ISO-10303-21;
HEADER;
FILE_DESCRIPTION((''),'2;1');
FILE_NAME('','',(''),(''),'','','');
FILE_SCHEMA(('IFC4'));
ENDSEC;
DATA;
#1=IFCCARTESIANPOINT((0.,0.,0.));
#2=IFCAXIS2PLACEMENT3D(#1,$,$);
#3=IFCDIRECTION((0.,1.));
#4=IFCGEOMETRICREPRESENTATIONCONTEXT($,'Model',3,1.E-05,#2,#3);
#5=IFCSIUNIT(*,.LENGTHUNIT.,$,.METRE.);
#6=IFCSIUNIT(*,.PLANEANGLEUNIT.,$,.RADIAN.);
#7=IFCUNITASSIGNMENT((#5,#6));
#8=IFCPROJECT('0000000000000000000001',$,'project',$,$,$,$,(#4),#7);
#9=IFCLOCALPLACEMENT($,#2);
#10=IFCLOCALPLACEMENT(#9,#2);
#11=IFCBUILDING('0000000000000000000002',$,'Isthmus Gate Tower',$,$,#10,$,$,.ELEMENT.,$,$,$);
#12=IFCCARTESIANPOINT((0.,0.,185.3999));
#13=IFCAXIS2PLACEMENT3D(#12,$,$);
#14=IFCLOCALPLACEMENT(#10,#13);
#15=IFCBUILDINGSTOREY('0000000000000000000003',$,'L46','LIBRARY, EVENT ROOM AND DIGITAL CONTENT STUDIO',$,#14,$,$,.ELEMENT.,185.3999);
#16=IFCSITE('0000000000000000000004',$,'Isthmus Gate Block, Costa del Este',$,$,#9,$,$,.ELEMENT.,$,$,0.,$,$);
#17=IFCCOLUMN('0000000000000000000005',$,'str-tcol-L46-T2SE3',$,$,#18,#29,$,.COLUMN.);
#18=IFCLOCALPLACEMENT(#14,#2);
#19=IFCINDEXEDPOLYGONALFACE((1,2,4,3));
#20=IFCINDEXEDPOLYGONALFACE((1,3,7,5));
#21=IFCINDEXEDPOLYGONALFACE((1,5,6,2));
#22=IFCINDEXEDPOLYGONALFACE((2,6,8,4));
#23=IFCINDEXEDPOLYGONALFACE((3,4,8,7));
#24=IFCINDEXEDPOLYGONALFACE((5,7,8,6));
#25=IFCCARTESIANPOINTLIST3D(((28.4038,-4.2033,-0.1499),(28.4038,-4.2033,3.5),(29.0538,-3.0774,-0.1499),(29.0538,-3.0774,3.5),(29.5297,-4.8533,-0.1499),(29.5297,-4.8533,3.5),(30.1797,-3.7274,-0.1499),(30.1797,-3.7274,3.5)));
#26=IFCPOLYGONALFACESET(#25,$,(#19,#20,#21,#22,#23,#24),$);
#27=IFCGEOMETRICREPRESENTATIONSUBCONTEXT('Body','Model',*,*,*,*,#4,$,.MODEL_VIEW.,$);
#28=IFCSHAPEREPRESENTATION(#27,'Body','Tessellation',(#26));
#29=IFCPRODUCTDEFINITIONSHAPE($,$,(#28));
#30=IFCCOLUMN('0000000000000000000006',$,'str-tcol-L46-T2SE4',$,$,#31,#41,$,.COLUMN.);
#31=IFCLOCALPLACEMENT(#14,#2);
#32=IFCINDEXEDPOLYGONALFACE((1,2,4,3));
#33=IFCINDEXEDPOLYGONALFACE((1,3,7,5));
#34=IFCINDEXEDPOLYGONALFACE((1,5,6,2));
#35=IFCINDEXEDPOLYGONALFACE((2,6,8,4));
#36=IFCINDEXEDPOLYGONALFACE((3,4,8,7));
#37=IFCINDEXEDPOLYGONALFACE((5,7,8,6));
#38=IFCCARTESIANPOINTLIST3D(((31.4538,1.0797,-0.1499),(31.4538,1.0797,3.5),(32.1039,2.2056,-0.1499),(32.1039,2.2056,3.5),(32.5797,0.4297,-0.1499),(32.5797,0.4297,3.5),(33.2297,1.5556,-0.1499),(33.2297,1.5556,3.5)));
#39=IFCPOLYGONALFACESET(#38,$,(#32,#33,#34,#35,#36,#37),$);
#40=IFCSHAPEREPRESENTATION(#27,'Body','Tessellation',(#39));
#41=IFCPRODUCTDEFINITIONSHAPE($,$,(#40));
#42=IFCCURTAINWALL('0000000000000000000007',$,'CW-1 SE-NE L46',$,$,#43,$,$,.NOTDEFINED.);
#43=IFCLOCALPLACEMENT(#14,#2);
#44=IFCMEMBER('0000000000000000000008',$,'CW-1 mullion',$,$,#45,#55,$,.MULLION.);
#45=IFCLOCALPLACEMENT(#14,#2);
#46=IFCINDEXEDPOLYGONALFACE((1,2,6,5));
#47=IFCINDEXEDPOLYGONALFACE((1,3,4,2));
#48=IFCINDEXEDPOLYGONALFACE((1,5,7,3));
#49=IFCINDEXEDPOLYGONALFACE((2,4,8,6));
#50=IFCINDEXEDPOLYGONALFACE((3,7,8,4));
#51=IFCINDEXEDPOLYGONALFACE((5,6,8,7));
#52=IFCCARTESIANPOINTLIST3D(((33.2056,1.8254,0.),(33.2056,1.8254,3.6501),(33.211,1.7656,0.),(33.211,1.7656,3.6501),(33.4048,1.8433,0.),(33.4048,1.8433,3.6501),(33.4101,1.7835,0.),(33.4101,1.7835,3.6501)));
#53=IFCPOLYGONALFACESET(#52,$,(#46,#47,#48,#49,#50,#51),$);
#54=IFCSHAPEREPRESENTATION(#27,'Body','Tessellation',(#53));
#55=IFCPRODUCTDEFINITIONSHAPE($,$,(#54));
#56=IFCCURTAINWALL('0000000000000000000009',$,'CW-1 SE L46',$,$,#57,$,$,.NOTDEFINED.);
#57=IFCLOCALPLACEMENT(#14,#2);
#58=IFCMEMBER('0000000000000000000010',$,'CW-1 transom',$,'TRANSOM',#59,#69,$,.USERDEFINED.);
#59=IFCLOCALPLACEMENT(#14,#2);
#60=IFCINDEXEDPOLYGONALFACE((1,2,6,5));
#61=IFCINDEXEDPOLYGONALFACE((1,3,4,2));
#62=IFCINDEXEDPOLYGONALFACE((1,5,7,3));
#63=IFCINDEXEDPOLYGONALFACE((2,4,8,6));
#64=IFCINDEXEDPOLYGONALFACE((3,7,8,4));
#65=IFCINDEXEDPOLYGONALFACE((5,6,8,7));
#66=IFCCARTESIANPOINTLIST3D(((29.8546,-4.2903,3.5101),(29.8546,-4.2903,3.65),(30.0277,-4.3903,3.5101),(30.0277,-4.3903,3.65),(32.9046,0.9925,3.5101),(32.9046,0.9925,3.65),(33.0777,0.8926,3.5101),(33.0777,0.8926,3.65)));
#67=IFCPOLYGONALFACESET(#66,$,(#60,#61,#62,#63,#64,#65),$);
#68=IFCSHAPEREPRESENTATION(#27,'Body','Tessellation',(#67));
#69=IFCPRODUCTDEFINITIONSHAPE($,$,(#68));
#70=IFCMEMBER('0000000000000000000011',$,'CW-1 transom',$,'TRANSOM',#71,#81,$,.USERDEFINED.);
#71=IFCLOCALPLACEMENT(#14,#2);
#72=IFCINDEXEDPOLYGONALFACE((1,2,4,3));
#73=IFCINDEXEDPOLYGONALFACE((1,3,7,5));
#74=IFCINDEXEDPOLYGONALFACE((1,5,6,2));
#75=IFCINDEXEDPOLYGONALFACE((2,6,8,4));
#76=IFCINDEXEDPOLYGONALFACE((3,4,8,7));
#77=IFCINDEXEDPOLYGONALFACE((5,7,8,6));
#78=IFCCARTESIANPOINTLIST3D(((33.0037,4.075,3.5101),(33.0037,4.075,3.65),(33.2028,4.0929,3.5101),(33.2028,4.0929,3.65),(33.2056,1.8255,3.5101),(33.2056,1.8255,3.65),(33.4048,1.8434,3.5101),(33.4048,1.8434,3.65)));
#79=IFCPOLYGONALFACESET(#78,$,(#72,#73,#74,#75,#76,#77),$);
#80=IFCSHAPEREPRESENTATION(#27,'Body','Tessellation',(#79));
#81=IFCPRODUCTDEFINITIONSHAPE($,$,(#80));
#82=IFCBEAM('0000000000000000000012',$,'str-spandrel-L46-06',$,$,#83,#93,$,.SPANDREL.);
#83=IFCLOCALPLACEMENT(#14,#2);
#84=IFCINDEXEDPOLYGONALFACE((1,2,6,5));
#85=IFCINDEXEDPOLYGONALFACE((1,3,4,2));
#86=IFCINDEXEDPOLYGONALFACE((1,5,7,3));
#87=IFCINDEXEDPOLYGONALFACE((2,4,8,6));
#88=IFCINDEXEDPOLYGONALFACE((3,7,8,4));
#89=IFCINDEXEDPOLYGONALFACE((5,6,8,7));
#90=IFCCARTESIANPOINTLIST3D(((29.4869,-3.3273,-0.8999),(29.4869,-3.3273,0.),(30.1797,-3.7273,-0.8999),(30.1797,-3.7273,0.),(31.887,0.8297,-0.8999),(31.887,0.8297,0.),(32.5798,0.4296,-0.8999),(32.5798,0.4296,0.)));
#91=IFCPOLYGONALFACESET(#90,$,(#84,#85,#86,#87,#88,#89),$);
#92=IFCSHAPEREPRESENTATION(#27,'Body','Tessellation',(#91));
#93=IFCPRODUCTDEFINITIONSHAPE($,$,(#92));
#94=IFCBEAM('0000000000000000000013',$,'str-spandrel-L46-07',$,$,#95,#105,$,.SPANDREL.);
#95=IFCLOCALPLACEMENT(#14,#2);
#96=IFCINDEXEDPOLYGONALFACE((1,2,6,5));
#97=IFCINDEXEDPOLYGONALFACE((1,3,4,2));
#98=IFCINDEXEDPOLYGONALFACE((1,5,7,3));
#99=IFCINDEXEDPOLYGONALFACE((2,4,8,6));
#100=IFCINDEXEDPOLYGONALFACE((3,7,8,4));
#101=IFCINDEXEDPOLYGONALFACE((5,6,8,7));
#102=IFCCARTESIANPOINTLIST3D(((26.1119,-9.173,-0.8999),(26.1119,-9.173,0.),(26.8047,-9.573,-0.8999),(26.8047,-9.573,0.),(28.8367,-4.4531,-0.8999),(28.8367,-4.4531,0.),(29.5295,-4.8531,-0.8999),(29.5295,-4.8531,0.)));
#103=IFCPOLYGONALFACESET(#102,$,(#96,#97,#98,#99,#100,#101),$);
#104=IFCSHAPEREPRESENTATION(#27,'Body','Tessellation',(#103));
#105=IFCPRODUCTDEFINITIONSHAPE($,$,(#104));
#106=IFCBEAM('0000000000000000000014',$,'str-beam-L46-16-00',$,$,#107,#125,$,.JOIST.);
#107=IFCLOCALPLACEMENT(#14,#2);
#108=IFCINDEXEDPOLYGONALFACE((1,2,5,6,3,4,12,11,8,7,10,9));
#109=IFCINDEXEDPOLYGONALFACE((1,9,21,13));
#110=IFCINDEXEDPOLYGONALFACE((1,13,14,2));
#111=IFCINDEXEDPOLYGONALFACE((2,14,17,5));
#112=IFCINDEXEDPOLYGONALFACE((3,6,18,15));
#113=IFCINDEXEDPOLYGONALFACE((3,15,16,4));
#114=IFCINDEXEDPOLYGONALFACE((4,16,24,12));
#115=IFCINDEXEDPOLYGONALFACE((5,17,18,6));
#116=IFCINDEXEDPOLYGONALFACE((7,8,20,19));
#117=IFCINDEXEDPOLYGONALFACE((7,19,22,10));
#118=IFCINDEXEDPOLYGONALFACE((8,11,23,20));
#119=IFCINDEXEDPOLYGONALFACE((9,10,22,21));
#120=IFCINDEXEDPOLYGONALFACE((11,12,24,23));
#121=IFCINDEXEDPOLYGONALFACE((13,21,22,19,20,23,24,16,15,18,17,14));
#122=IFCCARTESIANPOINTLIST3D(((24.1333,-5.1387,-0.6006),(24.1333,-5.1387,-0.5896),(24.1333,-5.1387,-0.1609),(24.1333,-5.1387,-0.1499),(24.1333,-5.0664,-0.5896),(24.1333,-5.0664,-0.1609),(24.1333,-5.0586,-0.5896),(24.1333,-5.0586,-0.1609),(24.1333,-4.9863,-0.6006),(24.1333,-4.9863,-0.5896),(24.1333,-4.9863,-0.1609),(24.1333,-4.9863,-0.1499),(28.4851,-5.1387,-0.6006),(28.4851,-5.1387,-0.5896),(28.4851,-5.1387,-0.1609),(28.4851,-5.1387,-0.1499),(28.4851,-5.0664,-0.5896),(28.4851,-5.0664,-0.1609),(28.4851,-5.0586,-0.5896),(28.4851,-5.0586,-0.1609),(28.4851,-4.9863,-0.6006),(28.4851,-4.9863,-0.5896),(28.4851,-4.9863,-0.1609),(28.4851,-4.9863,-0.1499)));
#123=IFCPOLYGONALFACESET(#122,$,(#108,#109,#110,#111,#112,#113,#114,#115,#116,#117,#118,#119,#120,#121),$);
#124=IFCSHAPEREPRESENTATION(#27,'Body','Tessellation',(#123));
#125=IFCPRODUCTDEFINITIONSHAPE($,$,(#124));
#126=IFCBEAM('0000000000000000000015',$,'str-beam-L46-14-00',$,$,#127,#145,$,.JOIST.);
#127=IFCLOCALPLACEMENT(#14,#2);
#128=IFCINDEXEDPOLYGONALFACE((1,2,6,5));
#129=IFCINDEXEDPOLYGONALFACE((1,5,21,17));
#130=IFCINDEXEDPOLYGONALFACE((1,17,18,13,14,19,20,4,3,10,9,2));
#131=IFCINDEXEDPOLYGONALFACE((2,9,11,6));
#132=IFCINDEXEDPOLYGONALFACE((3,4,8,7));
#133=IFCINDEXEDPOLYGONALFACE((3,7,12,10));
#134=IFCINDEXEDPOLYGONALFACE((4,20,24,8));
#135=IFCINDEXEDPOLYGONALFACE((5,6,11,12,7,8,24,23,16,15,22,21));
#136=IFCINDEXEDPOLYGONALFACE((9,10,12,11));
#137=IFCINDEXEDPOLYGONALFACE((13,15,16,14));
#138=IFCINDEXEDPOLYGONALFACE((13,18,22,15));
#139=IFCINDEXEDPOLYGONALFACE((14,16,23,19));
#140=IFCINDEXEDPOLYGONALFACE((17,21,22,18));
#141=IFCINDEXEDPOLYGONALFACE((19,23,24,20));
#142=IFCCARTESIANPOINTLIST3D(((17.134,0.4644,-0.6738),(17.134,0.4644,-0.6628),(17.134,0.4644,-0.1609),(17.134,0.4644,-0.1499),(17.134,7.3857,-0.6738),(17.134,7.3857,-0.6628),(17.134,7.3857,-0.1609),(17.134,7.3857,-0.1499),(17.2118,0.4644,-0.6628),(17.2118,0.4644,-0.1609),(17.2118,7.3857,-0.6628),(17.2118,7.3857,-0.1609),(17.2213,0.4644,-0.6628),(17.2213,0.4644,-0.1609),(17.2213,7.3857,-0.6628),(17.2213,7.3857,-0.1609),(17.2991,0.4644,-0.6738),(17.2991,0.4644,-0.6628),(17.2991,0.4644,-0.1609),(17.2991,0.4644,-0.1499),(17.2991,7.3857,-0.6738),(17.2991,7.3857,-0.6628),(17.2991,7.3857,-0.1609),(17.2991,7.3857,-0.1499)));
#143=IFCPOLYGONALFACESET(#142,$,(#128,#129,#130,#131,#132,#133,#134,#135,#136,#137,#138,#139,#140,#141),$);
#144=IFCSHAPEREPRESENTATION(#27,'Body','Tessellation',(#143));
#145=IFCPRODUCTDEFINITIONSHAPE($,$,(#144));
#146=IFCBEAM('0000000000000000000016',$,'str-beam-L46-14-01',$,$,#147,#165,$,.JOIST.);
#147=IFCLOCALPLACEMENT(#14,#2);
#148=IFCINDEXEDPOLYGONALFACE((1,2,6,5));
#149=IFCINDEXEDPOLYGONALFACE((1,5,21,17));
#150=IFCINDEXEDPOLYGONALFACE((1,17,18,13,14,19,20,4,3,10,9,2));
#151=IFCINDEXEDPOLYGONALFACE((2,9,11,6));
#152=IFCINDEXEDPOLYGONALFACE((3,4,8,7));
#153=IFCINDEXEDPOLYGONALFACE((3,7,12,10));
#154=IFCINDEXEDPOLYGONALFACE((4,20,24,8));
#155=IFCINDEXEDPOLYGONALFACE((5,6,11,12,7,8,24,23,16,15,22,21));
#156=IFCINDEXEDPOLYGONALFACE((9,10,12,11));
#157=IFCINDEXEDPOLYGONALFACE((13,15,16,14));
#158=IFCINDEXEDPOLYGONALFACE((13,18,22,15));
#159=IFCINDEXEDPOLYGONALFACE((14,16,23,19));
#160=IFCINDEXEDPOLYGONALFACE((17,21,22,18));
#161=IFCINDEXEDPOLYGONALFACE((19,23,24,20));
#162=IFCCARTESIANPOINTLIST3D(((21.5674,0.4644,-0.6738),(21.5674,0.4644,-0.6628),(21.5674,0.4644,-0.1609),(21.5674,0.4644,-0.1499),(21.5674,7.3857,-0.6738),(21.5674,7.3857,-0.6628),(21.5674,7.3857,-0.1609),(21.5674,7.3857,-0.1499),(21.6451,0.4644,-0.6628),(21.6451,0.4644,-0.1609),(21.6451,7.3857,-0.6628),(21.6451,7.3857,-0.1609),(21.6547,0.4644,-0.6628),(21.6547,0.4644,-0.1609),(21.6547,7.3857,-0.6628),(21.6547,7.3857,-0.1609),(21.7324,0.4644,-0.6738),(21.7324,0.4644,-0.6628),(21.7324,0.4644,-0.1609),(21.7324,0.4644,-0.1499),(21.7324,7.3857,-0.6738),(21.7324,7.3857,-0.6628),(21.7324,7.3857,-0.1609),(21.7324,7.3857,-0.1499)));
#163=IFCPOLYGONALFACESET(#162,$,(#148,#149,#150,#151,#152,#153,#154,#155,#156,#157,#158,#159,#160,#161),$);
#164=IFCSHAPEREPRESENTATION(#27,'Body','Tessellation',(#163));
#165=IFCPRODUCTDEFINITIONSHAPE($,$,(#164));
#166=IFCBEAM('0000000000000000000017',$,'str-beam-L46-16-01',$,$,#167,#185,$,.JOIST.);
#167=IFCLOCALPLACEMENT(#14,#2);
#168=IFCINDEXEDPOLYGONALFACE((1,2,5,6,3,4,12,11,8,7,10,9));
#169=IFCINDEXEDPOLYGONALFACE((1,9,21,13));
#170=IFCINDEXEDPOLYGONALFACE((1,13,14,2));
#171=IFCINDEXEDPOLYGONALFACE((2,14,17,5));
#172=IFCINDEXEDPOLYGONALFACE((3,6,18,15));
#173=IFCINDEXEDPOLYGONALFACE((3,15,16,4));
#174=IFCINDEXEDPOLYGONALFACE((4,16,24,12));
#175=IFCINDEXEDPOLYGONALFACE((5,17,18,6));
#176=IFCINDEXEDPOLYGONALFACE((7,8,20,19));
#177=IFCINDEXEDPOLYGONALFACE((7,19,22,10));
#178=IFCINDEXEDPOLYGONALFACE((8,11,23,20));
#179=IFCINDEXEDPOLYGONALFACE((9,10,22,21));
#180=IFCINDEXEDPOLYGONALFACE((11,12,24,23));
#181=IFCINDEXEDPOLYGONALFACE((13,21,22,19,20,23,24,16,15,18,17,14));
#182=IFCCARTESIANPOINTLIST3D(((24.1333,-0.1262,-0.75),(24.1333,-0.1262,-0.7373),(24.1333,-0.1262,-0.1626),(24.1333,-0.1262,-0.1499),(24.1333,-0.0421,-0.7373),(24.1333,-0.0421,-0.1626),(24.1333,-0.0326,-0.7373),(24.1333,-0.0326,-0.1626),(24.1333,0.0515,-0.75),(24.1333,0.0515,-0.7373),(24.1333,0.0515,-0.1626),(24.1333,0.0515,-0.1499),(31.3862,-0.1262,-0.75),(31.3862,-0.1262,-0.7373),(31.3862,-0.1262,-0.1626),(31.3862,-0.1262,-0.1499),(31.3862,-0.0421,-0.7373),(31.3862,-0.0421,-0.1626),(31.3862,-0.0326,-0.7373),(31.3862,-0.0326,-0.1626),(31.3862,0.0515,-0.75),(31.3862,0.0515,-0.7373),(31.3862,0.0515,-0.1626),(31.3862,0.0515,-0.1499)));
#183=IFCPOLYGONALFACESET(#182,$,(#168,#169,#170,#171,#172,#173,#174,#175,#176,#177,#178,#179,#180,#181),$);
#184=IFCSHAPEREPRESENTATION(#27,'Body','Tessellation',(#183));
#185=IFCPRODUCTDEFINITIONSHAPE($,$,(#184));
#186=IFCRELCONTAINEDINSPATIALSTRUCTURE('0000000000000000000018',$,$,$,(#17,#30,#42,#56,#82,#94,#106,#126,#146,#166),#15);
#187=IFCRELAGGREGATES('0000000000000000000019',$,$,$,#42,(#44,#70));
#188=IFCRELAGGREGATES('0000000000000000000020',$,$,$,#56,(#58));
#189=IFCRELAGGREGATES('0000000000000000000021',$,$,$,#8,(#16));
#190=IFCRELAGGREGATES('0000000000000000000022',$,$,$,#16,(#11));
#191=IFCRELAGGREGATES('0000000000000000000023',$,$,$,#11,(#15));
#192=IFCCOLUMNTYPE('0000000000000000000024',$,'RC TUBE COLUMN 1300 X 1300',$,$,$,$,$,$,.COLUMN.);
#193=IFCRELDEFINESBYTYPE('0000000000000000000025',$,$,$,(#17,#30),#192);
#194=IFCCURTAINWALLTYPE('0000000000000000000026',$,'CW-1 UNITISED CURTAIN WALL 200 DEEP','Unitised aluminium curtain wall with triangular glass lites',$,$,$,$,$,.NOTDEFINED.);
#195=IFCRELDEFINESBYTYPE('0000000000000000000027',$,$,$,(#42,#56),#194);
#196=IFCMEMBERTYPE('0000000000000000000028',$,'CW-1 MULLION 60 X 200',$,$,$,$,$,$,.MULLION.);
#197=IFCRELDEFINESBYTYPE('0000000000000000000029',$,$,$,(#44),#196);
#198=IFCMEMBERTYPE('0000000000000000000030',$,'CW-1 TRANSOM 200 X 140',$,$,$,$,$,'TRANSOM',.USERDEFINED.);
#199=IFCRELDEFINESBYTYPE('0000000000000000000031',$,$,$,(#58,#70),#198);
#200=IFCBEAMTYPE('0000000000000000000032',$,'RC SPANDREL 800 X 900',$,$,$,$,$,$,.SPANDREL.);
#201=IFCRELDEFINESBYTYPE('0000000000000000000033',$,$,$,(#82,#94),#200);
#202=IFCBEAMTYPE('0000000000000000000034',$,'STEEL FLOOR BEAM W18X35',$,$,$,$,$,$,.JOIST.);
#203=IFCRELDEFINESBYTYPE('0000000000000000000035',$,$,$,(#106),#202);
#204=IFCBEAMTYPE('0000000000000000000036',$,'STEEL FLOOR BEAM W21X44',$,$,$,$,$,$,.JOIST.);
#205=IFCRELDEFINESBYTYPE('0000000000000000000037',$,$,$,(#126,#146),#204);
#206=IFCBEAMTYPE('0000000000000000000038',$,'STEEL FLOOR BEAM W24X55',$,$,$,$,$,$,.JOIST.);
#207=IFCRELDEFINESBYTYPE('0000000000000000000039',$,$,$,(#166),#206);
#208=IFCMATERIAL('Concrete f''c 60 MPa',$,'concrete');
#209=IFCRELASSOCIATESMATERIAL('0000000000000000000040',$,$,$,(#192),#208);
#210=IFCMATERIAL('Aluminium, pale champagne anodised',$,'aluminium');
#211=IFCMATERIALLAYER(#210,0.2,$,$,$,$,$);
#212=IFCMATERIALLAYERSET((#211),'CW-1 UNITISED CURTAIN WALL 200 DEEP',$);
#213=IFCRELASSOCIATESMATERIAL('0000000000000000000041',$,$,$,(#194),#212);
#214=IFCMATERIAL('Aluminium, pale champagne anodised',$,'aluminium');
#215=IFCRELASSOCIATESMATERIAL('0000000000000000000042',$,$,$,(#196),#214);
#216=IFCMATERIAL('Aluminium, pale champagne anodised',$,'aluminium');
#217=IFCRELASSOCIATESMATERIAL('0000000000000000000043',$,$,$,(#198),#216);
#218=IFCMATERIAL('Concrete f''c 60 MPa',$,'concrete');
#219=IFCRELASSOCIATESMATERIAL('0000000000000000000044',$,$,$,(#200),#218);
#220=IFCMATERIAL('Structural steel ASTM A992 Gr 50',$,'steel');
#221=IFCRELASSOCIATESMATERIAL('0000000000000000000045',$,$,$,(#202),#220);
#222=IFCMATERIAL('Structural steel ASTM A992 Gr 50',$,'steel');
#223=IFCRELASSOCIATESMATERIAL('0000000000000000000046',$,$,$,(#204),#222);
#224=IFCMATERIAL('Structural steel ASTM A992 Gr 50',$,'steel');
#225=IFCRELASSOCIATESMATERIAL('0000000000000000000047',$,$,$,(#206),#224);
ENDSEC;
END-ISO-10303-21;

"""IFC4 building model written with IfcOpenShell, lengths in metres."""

from ifc_helpers import new_model, si_unit, direction, frame, origin, origin_2d, place, context, subcontext, project, spatial, rectangle, i_section, extrude, material, layer, layer_set, material_profile, profile_set, type_object, element, aggregate, save


model = new_model("IFC4")

# Units and contexts
model_context = context("Model", 3, precision=1e-05, world=origin(), true_north=direction((0.0, 1.0)))
body_context = subcontext(model_context, "Body", "Model", "MODEL_VIEW")
ifc_project = project(units=[si_unit("LENGTHUNIT", "METRE"), si_unit("PLANEANGLEUNIT", "RADIAN")], contexts=[model_context])

# Site, building, storey
site_placement = place(None, origin())
site = spatial("IfcSite", under=ifc_project, at=site_placement, Name="Isthmus Gate Block, Costa del Este", CompositionType="ELEMENT", RefElevation=0.0)
building_placement = place(site_placement, origin())
building = spatial("IfcBuilding", under=site, at=building_placement, Name="Isthmus Gate Tower", CompositionType="ELEMENT")
storey_placement = place(building_placement, frame((0.0, 0.0, 185.3999)))
storey = spatial("IfcBuildingStorey", under=building, at=storey_placement, Name="L46", Description="LIBRARY, EVENT ROOM AND DIGITAL CONTENT STUDIO", CompositionType="ELEMENT", Elevation=185.3999)

# Columns
ifc_material_1 = material(Name="Concrete f'c 60 MPa", Category="concrete")
ifc_material_profile_1 = material_profile(ifc_material_1, rectangle(XDim=1.3, YDim=1.3, at=origin_2d()), Name="RC 1300X1300")
ifc_profile_set_1 = profile_set([ifc_material_profile_1], Name="Concrete f'c 60 MPa")
column_type = type_object("IfcColumnType", Name="RC TUBE COLUMN 1300 X 1300", PredefinedType="COLUMN", material=ifc_profile_set_1)
for number, where, z_axis, x_axis, name in (
    (1, (29.2917, -3.9653, -0.1499), (0.0, 0.0, 1.0), (0.5, 0.866025, 0.0), "str-tcol-L46-T2SE3"),
    (2, (32.3418, 1.3176, -0.1499), (0.0, 0.0, 1.0), (0.5, 0.866025, 0.0), "str-tcol-L46-T2SE4"),
):
    element("IfcColumn", number, at=place(storey_placement, frame(where, z_axis=z_axis, x_axis=x_axis)), inside=storey, type_object=column_type, Name=name, PredefinedType="COLUMN", context=body_context, shape_type="SweptSolid", body=[
        extrude(rectangle(XDim=1.3, YDim=1.3, at=origin_2d()), origin(), (0.0, 0.0, 1.0), 3.6499),
    ])

# Curtain walls, members
ifc_material_2 = material(Name="Aluminium, pale champagne anodised", Category="aluminium")
ifc_layer_1 = layer(ifc_material_2, 0.2)
ifc_layer_set_1 = layer_set([ifc_layer_1], Name="CW-1 UNITISED CURTAIN WALL 200 DEEP")
curtain_wall_type = type_object("IfcCurtainWallType", Name="CW-1 UNITISED CURTAIN WALL 200 DEEP", Description="Unitised aluminium curtain wall with triangular glass lites", PredefinedType="NOTDEFINED", material=ifc_layer_set_1)
curtain_wall_1_placement = place(storey_placement, origin())
curtain_wall_1 = element("IfcCurtainWall", 3, at=curtain_wall_1_placement, inside=storey, type_object=curtain_wall_type, Name="CW-1 SE-NE L46", PredefinedType="NOTDEFINED")
ifc_material_3 = material(Name="Aluminium, pale champagne anodised", Category="aluminium")
ifc_material_profile_2 = material_profile(ifc_material_3, rectangle(XDim=0.0601, YDim=0.2, at=origin_2d()), Name="60x200")
ifc_profile_set_2 = profile_set([ifc_material_profile_2], Name="Aluminium, pale champagne anodised")
member_type_1 = type_object("IfcMemberType", Name="CW-1 MULLION 60 X 200", PredefinedType="MULLION", material=ifc_profile_set_2)
member_1_placement = place(storey_placement, frame((33.3079, 1.8044, 0.0), z_axis=(0.0, 0.0, 1.0), x_axis=(-0.089397, 0.995996, 0.0)))
member_1 = element("IfcMember", 4, at=member_1_placement, type_object=member_type_1, Name="CW-1 mullion", PredefinedType="MULLION", context=body_context, shape_type="SweptSolid", body=[
    extrude(rectangle(XDim=0.0601, YDim=0.2, at=origin_2d()), origin(), (0.0, 0.0, 1.0), 3.6501),
])
curtain_wall_2_placement = place(storey_placement, origin())
curtain_wall_2 = element("IfcCurtainWall", 5, at=curtain_wall_2_placement, inside=storey, type_object=curtain_wall_type, Name="CW-1 SE L46", PredefinedType="NOTDEFINED")
ifc_material_4 = material(Name="Aluminium, pale champagne anodised", Category="aluminium")
ifc_material_profile_3 = material_profile(ifc_material_4, rectangle(XDim=0.2, YDim=0.1399, at=origin_2d()), Name="200x140")
ifc_profile_set_3 = profile_set([ifc_material_profile_3], Name="Aluminium, pale champagne anodised")
member_type_2 = type_object("IfcMemberType", Name="CW-1 TRANSOM 200 X 140", ElementType="TRANSOM", PredefinedType="USERDEFINED", material=ifc_profile_set_3)
member_2_placement = place(storey_placement, frame((29.9412, -4.3403, 3.5801), z_axis=(0.499992, 0.86603, 0.0), x_axis=(-0.86603, 0.499992, 0.0)))
member_2 = element("IfcMember", 6, at=member_2_placement, type_object=member_type_2, Name="CW-1 transom", ObjectType="TRANSOM", PredefinedType="USERDEFINED", context=body_context, shape_type="SweptSolid", body=[
    extrude(rectangle(XDim=0.2, YDim=0.1399, at=origin_2d()), origin(), (0.0, 0.0, 1.0), 6.1001),
])

# Member
member_3_placement = place(storey_placement, frame((33.3052, 1.8345, 3.5801), z_axis=(-0.089395, 0.995996, 0.0), x_axis=(-0.995996, -0.089395, 0.0)))
member_3 = element("IfcMember", 7, at=member_3_placement, type_object=member_type_2, Name="CW-1 transom", ObjectType="TRANSOM", PredefinedType="USERDEFINED", context=body_context, shape_type="SweptSolid", body=[
    extrude(rectangle(XDim=0.2, YDim=0.1399, at=origin_2d()), origin(), (0.0, 0.0, 1.0), 2.2585),
])
aggregate(curtain_wall_1, [member_1, member_3])

# Beams
ifc_material_5 = material(Name="Concrete f'c 60 MPa", Category="concrete")
ifc_material_profile_4 = material_profile(ifc_material_5, rectangle(XDim=0.8, YDim=0.8999, at=origin_2d()), Name="RC 800X900")
ifc_profile_set_4 = profile_set([ifc_material_profile_4], Name="Concrete f'c 60 MPa")
beam_type_1 = type_object("IfcBeamType", Name="RC SPANDREL 800 X 900", PredefinedType="SPANDREL", material=ifc_profile_set_4)
beam_1_placement = place(storey_placement, frame((32.2334, 0.6296, -0.45), z_axis=(-0.500017, -0.866015, 0.0), x_axis=(0.866015, -0.500017, 0.0)))
element("IfcBeam", 8, at=beam_1_placement, inside=storey, type_object=beam_type_1, Name="str-spandrel-L46-06", PredefinedType="SPANDREL", context=body_context, shape_type="SweptSolid", body=[
    extrude(rectangle(XDim=0.8, YDim=0.8999, at=origin_2d()), origin(), (0.0, 0.0, 1.0), 4.8),
])
beam_2_placement = place(storey_placement, frame((29.1831, -4.6531, -0.45), z_axis=(-0.499969, -0.866043, 0.0), x_axis=(0.866043, -0.499969, 0.0)))
element("IfcBeam", 9, at=beam_2_placement, inside=storey, type_object=beam_type_1, Name="str-spandrel-L46-07", PredefinedType="SPANDREL", context=body_context, shape_type="SweptSolid", body=[
    extrude(rectangle(XDim=0.8, YDim=0.8999, at=origin_2d()), origin(), (0.0, 0.0, 1.0), 5.45),
])
ifc_material_6 = material(Name="Structural steel ASTM A992 Gr 50", Category="steel")
ifc_material_profile_5 = material_profile(ifc_material_6, i_section(OverallWidth=0.1523, OverallDepth=0.4507, WebThickness=0.0078, FlangeThickness=0.011, at=origin_2d()), Name="W18X35")
ifc_profile_set_5 = profile_set([ifc_material_profile_5], Name="Structural steel ASTM A992 Gr 50")
beam_type_2 = type_object("IfcBeamType", Name="STEEL FLOOR BEAM W18X35", PredefinedType="JOIST", material=ifc_profile_set_5)
beam_3_placement = place(storey_placement, frame((24.1333, -5.0625, -0.3752), z_axis=(1.0, 0.0, 0.0), x_axis=(0.0, 1.0, 0.0)))
element("IfcBeam", 10, at=beam_3_placement, inside=storey, type_object=beam_type_2, Name="str-beam-L46-16-00", PredefinedType="JOIST", context=body_context, shape_type="SweptSolid", body=[
    extrude(i_section(OverallWidth=0.1523, OverallDepth=0.4507, WebThickness=0.0078, FlangeThickness=0.011, at=origin_2d()), origin(), (0.0, 0.0, 1.0), 4.3518),
])
ifc_material_7 = material(Name="Structural steel ASTM A992 Gr 50", Category="steel")
ifc_material_profile_6 = material_profile(ifc_material_7, i_section(OverallWidth=0.165, OverallDepth=0.5239, WebThickness=0.0095, FlangeThickness=0.011, at=origin_2d()), Name="W21X44")
ifc_profile_set_6 = profile_set([ifc_material_profile_6], Name="Structural steel ASTM A992 Gr 50")
beam_type_3 = type_object("IfcBeamType", Name="STEEL FLOOR BEAM W21X44", PredefinedType="JOIST", material=ifc_profile_set_6)
for number, where, z_axis, x_axis, name in (
    (11, (17.2166, 0.4644, -0.4119), (0.0, 1.0, 0.0), (-1.0, 0.0, 0.0), "str-beam-L46-14-00"),
    (12, (21.6499, 0.4644, -0.4119), (0.0, 1.0, 0.0), (-1.0, 0.0, 0.0), "str-beam-L46-14-01"),
):
    element("IfcBeam", number, at=place(storey_placement, frame(where, z_axis=z_axis, x_axis=x_axis)), inside=storey, type_object=beam_type_3, Name=name, PredefinedType="JOIST", context=body_context, shape_type="SweptSolid", body=[
        extrude(i_section(OverallWidth=0.165, OverallDepth=0.5239, WebThickness=0.0095, FlangeThickness=0.011, at=origin_2d()), origin(), (0.0, 0.0, 1.0), 6.9214),
    ])
ifc_material_8 = material(Name="Structural steel ASTM A992 Gr 50", Category="steel")
ifc_material_profile_7 = material_profile(ifc_material_8, i_section(OverallWidth=0.1777, OverallDepth=0.6001, WebThickness=0.0095, FlangeThickness=0.0127, at=origin_2d()), Name="W24X55")
ifc_profile_set_7 = profile_set([ifc_material_profile_7], Name="Structural steel ASTM A992 Gr 50")
beam_type_4 = type_object("IfcBeamType", Name="STEEL FLOOR BEAM W24X55", PredefinedType="JOIST", material=ifc_profile_set_7)
beam_4_placement = place(storey_placement, frame((24.1333, -0.0374, -0.45), z_axis=(1.0, 0.0, 0.0), x_axis=(0.0, 1.0, 0.0)))
element("IfcBeam", 13, at=beam_4_placement, inside=storey, type_object=beam_type_4, Name="str-beam-L46-16-01", PredefinedType="JOIST", context=body_context, shape_type="SweptSolid", body=[
    extrude(i_section(OverallWidth=0.1777, OverallDepth=0.6001, WebThickness=0.0095, FlangeThickness=0.0127, at=origin_2d()), origin(), (0.0, 0.0, 1.0), 7.2529),
])

aggregate(curtain_wall_2, [member_2])

save(model, "model.ifc")
